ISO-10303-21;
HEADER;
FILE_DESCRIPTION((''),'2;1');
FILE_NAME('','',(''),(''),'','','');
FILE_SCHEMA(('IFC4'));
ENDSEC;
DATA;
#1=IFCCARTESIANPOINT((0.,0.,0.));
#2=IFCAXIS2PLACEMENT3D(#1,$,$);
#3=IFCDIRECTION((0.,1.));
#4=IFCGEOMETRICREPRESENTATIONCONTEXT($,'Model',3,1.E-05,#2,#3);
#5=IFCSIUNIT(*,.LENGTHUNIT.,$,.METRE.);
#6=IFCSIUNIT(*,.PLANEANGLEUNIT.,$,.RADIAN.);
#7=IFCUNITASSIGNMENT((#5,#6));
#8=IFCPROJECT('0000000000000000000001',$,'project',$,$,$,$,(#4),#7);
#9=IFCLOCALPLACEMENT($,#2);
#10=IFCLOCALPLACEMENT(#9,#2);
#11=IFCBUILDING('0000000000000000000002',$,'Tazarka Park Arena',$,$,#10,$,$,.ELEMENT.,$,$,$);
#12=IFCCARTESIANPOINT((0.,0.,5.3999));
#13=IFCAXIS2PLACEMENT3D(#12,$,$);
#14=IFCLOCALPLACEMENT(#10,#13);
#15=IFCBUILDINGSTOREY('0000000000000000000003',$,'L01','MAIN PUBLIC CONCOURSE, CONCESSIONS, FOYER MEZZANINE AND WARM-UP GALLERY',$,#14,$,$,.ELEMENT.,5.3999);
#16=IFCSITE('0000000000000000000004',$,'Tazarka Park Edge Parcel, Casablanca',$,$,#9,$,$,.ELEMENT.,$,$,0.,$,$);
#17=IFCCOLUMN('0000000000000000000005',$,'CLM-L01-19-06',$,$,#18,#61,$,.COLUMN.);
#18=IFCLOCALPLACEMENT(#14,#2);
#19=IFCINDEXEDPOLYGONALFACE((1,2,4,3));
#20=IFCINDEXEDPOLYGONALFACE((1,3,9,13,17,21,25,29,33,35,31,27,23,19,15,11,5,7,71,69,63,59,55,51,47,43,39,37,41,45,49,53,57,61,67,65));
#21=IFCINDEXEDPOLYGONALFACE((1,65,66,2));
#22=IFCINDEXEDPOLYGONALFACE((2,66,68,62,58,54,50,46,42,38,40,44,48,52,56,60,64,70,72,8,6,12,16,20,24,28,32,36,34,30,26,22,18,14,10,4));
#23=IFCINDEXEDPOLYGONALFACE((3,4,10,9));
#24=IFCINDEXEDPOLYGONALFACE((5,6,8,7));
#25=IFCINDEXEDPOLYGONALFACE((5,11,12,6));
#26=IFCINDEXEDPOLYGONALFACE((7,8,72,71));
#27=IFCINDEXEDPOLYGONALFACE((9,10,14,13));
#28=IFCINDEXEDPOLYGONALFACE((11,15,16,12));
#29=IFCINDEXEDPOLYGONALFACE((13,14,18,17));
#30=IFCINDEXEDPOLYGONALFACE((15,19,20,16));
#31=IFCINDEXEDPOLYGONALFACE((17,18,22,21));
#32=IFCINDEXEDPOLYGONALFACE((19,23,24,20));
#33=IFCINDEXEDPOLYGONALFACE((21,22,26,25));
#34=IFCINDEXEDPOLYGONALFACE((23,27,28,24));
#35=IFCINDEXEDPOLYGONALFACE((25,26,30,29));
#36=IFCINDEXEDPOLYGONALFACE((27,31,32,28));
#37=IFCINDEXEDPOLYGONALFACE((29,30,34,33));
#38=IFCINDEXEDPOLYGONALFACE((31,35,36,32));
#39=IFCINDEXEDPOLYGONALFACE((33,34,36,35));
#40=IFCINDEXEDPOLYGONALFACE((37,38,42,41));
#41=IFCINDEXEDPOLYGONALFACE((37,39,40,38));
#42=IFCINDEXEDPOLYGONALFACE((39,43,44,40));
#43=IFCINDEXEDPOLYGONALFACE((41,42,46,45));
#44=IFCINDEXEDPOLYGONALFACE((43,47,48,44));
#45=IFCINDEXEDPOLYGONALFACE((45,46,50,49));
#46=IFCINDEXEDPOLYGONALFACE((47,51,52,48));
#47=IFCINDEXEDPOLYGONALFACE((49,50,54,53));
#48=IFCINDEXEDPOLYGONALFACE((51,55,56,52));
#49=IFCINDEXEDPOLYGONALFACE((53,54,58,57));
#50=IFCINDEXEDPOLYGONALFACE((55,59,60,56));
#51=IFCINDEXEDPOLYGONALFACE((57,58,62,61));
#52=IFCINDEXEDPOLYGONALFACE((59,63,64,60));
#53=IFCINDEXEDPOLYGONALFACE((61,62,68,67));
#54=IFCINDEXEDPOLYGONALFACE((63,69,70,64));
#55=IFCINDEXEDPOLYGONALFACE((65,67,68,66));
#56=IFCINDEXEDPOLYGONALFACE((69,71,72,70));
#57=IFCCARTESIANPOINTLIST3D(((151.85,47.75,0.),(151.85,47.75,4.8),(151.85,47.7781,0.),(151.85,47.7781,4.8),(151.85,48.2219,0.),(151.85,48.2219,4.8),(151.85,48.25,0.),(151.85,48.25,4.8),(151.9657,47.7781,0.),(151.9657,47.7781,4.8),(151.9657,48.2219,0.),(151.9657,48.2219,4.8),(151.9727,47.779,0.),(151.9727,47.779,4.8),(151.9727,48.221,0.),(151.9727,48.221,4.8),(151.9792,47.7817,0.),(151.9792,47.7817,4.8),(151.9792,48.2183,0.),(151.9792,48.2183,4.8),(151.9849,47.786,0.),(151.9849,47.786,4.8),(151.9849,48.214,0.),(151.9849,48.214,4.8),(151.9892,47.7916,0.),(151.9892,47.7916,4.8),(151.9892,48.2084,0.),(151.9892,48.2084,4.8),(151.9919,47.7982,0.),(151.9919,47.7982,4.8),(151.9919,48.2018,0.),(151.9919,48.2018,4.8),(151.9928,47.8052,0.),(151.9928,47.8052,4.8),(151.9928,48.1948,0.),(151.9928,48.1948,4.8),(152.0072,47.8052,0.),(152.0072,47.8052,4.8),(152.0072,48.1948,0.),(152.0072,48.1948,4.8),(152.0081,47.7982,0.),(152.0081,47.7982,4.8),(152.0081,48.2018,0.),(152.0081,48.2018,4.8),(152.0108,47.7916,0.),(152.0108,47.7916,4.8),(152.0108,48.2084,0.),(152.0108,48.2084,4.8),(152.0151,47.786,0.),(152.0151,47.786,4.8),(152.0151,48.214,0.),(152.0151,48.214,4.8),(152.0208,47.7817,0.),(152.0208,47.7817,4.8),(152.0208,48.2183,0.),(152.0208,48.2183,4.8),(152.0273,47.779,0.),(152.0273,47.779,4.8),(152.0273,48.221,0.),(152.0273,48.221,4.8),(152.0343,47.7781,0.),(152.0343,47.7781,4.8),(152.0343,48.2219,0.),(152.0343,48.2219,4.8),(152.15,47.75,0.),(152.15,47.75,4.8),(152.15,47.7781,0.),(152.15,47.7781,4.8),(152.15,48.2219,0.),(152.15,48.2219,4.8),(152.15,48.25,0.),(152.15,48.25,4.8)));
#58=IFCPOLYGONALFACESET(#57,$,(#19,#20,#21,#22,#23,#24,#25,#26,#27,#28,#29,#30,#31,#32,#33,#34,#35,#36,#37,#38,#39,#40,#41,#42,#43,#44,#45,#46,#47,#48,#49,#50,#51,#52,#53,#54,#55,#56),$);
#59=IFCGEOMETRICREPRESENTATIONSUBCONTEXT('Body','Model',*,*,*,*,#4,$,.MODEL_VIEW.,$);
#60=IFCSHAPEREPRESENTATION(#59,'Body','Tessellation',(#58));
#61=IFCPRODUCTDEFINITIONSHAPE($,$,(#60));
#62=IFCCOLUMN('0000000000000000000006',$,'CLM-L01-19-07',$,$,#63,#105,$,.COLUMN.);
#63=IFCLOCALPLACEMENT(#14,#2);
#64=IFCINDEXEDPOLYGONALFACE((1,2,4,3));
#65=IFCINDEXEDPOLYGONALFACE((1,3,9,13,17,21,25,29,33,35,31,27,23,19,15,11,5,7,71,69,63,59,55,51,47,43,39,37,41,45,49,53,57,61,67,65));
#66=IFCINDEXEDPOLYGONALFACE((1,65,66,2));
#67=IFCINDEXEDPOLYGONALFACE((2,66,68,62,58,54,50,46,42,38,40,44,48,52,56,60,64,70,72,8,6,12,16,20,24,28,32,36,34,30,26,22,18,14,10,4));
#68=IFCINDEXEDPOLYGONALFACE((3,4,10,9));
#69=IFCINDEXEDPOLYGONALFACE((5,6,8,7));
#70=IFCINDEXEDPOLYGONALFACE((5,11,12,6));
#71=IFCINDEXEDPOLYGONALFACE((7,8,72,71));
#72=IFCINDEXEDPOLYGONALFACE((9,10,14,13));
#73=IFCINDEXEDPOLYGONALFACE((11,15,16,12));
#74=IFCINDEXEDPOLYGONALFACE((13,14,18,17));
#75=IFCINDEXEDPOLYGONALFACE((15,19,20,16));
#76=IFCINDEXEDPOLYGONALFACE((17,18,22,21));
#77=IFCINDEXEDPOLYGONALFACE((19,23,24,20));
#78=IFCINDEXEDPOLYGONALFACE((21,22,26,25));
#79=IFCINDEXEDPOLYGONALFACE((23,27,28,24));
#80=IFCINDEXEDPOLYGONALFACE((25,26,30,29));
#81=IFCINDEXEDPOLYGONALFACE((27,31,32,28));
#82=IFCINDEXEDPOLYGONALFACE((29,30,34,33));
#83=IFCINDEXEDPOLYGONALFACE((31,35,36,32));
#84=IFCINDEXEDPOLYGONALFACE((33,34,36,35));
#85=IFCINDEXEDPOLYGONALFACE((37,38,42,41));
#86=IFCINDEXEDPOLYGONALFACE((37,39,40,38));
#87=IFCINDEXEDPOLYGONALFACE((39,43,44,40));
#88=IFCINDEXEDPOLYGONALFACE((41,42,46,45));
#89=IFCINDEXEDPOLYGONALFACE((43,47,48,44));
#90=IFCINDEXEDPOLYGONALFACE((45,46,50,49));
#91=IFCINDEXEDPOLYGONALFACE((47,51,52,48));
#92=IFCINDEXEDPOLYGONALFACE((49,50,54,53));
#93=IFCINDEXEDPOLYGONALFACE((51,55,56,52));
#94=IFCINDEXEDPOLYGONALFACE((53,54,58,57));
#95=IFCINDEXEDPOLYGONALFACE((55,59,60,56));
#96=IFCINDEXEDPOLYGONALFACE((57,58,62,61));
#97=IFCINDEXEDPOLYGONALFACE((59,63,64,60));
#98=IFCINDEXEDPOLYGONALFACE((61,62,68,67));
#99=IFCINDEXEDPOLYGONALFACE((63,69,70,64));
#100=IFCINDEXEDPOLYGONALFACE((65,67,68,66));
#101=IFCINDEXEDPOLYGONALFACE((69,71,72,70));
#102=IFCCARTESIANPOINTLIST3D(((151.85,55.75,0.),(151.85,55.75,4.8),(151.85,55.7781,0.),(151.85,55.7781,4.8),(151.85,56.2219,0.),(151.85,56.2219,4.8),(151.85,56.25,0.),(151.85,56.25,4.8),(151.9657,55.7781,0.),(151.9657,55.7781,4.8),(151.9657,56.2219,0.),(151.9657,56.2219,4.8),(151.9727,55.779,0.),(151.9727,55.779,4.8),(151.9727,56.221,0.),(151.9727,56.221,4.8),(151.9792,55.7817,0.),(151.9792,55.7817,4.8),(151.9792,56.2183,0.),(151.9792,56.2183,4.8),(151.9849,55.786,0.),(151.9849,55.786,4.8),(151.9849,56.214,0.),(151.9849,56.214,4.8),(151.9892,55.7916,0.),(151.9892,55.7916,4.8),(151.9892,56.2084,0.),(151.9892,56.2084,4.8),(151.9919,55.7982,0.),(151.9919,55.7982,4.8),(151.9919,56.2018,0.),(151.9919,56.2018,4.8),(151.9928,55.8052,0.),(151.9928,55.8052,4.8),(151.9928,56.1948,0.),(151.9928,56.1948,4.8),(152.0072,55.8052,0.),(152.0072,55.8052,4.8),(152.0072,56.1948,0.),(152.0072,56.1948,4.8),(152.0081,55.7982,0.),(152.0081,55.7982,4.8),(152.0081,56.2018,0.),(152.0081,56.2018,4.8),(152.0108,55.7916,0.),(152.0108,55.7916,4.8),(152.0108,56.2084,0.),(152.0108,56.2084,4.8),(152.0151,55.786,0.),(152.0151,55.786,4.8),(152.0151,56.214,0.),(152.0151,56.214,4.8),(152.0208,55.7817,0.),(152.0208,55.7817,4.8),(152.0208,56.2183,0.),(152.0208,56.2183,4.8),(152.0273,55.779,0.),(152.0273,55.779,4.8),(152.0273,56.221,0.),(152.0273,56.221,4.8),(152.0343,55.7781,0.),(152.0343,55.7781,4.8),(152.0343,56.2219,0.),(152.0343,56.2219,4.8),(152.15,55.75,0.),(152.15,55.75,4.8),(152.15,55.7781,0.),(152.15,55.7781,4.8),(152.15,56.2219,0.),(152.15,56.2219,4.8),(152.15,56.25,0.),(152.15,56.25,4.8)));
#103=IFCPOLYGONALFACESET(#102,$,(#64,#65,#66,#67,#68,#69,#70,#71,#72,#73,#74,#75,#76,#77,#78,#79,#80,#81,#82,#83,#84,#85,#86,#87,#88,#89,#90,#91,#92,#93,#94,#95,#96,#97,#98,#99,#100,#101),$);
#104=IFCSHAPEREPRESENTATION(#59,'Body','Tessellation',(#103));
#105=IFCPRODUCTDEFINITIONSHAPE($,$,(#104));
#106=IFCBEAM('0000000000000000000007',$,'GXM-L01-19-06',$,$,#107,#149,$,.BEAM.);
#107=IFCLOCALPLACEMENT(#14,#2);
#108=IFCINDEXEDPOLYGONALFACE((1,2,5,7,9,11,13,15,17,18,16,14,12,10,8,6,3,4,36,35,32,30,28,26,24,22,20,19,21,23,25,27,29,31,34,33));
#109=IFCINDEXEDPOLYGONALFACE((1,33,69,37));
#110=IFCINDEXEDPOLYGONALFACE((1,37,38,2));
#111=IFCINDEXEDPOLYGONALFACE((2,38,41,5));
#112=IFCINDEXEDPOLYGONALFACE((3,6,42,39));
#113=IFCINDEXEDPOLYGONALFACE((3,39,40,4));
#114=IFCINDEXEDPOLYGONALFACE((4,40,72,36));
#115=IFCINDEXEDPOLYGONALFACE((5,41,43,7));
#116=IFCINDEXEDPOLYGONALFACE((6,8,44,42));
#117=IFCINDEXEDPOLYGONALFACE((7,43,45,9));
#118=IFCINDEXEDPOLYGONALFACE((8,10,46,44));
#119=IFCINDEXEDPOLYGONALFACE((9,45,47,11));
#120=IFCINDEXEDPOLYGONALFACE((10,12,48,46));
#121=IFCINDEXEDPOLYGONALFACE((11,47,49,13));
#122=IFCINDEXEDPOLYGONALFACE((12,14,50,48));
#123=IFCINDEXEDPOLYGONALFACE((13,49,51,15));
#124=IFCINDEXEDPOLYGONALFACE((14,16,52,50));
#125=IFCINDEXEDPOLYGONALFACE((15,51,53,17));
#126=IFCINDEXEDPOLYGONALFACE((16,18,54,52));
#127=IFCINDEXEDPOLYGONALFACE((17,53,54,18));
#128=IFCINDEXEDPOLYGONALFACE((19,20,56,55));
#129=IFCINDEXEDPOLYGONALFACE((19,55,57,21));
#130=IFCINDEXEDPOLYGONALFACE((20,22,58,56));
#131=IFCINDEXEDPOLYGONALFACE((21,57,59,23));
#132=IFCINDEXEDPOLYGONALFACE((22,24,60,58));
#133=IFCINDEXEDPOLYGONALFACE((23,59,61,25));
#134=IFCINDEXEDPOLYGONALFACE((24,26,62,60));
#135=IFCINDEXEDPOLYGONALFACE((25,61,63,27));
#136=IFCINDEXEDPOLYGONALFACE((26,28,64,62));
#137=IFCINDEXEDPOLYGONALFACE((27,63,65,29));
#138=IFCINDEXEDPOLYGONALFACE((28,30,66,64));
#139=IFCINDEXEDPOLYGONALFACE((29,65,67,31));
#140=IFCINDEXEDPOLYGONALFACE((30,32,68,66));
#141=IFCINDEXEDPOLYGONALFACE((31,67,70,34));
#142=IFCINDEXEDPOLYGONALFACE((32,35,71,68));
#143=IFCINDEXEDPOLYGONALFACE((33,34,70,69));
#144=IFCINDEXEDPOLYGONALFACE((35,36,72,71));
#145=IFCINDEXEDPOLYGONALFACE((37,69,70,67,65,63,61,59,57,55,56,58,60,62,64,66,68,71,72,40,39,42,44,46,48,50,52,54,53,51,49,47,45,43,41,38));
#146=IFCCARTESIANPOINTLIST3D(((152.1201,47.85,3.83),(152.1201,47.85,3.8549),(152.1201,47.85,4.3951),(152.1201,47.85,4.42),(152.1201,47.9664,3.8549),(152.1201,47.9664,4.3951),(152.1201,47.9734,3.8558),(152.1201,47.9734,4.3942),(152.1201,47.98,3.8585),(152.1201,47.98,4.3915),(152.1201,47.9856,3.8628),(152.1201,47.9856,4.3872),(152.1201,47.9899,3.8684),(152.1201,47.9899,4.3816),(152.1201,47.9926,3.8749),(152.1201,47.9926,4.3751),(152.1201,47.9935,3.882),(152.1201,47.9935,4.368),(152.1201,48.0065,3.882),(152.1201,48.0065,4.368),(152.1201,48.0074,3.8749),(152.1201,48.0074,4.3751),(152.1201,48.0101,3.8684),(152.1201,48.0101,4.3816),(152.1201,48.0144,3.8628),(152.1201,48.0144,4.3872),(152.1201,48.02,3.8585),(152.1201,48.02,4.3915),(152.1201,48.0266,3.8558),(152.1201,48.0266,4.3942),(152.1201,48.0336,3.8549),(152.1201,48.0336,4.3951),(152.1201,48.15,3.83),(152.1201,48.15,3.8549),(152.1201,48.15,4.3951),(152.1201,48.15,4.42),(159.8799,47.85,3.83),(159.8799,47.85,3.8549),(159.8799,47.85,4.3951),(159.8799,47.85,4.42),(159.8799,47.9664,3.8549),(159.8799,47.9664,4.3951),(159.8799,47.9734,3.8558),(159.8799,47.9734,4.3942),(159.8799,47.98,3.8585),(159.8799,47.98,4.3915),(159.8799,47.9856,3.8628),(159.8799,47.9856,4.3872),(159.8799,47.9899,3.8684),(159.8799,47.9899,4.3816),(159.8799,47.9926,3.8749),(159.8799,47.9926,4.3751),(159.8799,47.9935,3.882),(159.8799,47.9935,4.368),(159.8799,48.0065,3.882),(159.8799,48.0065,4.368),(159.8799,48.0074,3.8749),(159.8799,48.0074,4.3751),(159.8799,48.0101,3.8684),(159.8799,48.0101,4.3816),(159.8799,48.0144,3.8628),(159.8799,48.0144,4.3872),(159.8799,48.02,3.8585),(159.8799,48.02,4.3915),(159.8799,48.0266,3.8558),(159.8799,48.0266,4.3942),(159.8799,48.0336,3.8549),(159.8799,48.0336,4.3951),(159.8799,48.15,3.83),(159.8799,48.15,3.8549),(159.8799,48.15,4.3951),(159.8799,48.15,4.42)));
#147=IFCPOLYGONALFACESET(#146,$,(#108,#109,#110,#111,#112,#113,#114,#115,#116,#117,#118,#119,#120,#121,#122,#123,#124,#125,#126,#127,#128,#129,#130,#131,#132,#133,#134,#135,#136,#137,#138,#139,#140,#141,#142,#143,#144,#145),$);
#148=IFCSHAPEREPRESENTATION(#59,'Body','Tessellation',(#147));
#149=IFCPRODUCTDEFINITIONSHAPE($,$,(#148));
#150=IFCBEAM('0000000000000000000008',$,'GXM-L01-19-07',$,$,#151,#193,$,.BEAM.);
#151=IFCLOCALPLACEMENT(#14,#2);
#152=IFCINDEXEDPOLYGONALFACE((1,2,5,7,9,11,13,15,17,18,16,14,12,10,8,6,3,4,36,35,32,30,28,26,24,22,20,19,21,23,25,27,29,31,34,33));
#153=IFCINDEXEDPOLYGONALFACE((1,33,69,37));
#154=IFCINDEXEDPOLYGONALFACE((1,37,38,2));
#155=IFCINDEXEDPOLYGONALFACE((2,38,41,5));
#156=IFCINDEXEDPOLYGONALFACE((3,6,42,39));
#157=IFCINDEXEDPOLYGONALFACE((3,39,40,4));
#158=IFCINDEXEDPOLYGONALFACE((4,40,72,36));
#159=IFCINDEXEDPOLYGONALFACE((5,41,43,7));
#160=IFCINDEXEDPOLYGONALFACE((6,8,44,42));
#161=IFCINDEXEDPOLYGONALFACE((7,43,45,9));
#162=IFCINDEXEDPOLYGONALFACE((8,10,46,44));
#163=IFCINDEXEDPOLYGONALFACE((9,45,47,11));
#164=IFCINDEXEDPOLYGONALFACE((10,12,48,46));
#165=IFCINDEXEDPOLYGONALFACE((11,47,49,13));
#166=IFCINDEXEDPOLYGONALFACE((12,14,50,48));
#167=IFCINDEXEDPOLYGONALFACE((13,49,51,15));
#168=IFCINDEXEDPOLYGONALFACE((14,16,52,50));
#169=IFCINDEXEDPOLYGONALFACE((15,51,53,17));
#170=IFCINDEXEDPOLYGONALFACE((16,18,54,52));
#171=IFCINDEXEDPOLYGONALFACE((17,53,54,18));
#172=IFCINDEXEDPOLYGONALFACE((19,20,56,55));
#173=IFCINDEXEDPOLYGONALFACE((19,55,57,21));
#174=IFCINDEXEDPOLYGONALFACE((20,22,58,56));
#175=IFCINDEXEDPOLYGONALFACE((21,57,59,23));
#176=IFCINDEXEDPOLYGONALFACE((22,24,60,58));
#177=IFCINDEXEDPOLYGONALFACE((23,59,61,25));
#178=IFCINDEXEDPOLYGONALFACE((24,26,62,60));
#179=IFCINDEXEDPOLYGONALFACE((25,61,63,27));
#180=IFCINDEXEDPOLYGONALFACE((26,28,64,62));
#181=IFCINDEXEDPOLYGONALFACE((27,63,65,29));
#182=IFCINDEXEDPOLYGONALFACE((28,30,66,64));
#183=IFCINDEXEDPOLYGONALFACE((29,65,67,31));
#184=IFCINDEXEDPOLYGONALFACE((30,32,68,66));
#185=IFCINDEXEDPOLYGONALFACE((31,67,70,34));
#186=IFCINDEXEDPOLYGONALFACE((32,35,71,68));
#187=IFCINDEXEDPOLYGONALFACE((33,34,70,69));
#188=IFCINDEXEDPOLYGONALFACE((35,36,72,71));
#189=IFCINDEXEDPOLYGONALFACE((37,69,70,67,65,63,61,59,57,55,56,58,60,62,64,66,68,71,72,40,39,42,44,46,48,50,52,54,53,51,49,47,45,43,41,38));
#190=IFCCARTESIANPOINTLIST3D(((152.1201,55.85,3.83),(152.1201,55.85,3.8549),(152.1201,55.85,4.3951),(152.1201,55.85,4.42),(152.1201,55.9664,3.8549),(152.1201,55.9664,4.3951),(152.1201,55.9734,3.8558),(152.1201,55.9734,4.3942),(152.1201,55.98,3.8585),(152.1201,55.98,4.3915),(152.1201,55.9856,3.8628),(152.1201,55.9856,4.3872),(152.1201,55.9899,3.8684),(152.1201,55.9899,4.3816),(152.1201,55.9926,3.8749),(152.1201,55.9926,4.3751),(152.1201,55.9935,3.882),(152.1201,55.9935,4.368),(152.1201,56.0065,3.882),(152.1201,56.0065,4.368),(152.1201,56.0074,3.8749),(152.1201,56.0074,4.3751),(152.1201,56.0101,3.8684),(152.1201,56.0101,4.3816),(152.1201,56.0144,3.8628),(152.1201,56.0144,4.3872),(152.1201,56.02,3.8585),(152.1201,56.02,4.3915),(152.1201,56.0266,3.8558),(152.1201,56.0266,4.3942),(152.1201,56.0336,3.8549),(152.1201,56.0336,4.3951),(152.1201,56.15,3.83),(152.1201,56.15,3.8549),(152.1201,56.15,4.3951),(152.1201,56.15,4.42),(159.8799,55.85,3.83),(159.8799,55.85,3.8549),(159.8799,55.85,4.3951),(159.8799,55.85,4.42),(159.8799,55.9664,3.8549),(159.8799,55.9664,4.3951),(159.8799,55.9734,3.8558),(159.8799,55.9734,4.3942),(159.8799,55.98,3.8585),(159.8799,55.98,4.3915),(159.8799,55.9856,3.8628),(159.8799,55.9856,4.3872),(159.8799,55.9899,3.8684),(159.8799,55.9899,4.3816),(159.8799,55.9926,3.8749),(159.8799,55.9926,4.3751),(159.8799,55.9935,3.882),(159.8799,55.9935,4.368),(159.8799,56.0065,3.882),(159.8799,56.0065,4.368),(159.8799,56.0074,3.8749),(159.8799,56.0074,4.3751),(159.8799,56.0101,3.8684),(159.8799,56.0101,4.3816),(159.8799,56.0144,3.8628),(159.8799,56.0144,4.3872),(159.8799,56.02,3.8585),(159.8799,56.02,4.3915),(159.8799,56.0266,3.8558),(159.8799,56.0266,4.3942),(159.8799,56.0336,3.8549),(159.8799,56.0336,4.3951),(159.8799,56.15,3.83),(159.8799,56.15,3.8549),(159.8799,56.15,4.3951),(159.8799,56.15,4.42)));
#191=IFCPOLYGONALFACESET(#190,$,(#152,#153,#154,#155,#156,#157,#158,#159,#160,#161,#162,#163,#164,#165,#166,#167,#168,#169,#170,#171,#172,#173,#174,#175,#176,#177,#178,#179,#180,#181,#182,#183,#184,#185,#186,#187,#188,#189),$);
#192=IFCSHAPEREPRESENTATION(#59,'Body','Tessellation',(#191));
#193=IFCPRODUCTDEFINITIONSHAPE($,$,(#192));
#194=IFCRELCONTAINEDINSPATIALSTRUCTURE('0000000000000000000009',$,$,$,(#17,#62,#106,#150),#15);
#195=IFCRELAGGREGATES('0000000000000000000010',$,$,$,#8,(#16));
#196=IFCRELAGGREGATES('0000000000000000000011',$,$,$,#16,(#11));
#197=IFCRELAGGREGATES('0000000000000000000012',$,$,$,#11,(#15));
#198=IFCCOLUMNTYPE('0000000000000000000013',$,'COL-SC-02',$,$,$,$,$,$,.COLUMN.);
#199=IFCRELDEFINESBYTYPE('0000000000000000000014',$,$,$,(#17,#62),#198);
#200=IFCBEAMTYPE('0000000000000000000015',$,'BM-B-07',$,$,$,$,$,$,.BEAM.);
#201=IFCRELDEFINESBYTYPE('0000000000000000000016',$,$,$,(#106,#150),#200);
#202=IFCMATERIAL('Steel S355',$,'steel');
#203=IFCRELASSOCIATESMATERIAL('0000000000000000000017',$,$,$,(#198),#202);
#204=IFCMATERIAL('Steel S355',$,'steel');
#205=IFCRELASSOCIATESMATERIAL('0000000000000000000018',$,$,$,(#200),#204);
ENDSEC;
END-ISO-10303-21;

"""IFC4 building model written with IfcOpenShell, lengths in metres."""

from ifc_helpers import new_model, si_unit, direction, frame, origin, origin_2d, place, context, subcontext, project, spatial, i_section, extrude, material, material_profile, profile_set, type_object, element, save


model = new_model("IFC4")

# Units and contexts
model_context = context("Model", 3, precision=1e-05, world=origin(), true_north=direction((0.0, 1.0)))
body_context = subcontext(model_context, "Body", "Model", "MODEL_VIEW")
ifc_project = project(units=[si_unit("LENGTHUNIT", "METRE"), si_unit("PLANEANGLEUNIT", "RADIAN")], contexts=[model_context])

# Site, building, storey
site_placement = place(None, origin())
site = spatial("IfcSite", under=ifc_project, at=site_placement, Name="Tazarka Park Edge Parcel, Casablanca", CompositionType="ELEMENT", RefElevation=0.0)
building_placement = place(site_placement, origin())
building = spatial("IfcBuilding", under=site, at=building_placement, Name="Tazarka Park Arena", CompositionType="ELEMENT")
storey_placement = place(building_placement, frame((0.0, 0.0, 5.3999)))
storey = spatial("IfcBuildingStorey", under=building, at=storey_placement, Name="L01", Description="MAIN PUBLIC CONCOURSE, CONCESSIONS, FOYER MEZZANINE AND WARM-UP GALLERY", CompositionType="ELEMENT", Elevation=5.3999)

# Columns
ifc_material_1 = material(Name="Steel S355", Category="steel")
ifc_material_profile_1 = material_profile(ifc_material_1, i_section(OverallWidth=0.3, OverallDepth=0.5, WebThickness=0.0144, FlangeThickness=0.0281, FilletRadius=0.0271, at=origin_2d()), Name="Steel S355")
ifc_profile_set_1 = profile_set([ifc_material_profile_1], Name="Steel S355")
column_type = type_object("IfcColumnType", Name="COL-SC-02", PredefinedType="COLUMN", material=ifc_profile_set_1)
for number, where, z_axis, x_axis, name in (
    (1, (152.0, 48.0, 0.0), (0.0, 0.0, 1.0), (1.0, 0.0, 0.0), "CLM-L01-19-06"),
    (2, (152.0, 56.0, 0.0), (0.0, 0.0, 1.0), (1.0, 0.0, 0.0), "CLM-L01-19-07"),
):
    element("IfcColumn", number, at=place(storey_placement, frame(where, z_axis=z_axis, x_axis=x_axis)), inside=storey, type_object=column_type, Name=name, PredefinedType="COLUMN", context=body_context, shape_type="SweptSolid", body=[
        extrude(i_section(OverallWidth=0.3, OverallDepth=0.5, WebThickness=0.0144, FlangeThickness=0.0281, FilletRadius=0.0271, at=origin_2d()), origin(), (0.0, 0.0, 1.0), 4.8),
    ])

# Beams
ifc_material_2 = material(Name="Steel S355", Category="steel")
ifc_material_profile_2 = material_profile(ifc_material_2, i_section(OverallWidth=0.3, OverallDepth=0.5901, WebThickness=0.0129, FlangeThickness=0.0249, FilletRadius=0.0271, at=origin_2d()), Name="Steel S355")
ifc_profile_set_2 = profile_set([ifc_material_profile_2], Name="Steel S355")
beam_type_1 = type_object("IfcBeamType", Name="BM-B-07", PredefinedType="BEAM", material=ifc_profile_set_2)
for number, where, z_axis, x_axis, name in (
    (3, (152.1201, 48.0, 4.125), (1.0, 0.0, 0.0), (0.0, 1.0, 0.0), "GXM-L01-19-06"),
    (4, (152.1201, 56.0, 4.125), (1.0, 0.0, 0.0), (0.0, 1.0, 0.0), "GXM-L01-19-07"),
):
    element("IfcBeam", number, at=place(storey_placement, frame(where, z_axis=z_axis, x_axis=x_axis)), inside=storey, type_object=beam_type_1, Name=name, PredefinedType="BEAM", context=body_context, shape_type="SweptSolid", body=[
        extrude(i_section(OverallWidth=0.3, OverallDepth=0.5901, WebThickness=0.0129, FlangeThickness=0.0249, FilletRadius=0.0271, at=origin_2d()), origin(), (0.0, 0.0, 1.0), 7.7598),
    ])

save(model, "model.ifc")
